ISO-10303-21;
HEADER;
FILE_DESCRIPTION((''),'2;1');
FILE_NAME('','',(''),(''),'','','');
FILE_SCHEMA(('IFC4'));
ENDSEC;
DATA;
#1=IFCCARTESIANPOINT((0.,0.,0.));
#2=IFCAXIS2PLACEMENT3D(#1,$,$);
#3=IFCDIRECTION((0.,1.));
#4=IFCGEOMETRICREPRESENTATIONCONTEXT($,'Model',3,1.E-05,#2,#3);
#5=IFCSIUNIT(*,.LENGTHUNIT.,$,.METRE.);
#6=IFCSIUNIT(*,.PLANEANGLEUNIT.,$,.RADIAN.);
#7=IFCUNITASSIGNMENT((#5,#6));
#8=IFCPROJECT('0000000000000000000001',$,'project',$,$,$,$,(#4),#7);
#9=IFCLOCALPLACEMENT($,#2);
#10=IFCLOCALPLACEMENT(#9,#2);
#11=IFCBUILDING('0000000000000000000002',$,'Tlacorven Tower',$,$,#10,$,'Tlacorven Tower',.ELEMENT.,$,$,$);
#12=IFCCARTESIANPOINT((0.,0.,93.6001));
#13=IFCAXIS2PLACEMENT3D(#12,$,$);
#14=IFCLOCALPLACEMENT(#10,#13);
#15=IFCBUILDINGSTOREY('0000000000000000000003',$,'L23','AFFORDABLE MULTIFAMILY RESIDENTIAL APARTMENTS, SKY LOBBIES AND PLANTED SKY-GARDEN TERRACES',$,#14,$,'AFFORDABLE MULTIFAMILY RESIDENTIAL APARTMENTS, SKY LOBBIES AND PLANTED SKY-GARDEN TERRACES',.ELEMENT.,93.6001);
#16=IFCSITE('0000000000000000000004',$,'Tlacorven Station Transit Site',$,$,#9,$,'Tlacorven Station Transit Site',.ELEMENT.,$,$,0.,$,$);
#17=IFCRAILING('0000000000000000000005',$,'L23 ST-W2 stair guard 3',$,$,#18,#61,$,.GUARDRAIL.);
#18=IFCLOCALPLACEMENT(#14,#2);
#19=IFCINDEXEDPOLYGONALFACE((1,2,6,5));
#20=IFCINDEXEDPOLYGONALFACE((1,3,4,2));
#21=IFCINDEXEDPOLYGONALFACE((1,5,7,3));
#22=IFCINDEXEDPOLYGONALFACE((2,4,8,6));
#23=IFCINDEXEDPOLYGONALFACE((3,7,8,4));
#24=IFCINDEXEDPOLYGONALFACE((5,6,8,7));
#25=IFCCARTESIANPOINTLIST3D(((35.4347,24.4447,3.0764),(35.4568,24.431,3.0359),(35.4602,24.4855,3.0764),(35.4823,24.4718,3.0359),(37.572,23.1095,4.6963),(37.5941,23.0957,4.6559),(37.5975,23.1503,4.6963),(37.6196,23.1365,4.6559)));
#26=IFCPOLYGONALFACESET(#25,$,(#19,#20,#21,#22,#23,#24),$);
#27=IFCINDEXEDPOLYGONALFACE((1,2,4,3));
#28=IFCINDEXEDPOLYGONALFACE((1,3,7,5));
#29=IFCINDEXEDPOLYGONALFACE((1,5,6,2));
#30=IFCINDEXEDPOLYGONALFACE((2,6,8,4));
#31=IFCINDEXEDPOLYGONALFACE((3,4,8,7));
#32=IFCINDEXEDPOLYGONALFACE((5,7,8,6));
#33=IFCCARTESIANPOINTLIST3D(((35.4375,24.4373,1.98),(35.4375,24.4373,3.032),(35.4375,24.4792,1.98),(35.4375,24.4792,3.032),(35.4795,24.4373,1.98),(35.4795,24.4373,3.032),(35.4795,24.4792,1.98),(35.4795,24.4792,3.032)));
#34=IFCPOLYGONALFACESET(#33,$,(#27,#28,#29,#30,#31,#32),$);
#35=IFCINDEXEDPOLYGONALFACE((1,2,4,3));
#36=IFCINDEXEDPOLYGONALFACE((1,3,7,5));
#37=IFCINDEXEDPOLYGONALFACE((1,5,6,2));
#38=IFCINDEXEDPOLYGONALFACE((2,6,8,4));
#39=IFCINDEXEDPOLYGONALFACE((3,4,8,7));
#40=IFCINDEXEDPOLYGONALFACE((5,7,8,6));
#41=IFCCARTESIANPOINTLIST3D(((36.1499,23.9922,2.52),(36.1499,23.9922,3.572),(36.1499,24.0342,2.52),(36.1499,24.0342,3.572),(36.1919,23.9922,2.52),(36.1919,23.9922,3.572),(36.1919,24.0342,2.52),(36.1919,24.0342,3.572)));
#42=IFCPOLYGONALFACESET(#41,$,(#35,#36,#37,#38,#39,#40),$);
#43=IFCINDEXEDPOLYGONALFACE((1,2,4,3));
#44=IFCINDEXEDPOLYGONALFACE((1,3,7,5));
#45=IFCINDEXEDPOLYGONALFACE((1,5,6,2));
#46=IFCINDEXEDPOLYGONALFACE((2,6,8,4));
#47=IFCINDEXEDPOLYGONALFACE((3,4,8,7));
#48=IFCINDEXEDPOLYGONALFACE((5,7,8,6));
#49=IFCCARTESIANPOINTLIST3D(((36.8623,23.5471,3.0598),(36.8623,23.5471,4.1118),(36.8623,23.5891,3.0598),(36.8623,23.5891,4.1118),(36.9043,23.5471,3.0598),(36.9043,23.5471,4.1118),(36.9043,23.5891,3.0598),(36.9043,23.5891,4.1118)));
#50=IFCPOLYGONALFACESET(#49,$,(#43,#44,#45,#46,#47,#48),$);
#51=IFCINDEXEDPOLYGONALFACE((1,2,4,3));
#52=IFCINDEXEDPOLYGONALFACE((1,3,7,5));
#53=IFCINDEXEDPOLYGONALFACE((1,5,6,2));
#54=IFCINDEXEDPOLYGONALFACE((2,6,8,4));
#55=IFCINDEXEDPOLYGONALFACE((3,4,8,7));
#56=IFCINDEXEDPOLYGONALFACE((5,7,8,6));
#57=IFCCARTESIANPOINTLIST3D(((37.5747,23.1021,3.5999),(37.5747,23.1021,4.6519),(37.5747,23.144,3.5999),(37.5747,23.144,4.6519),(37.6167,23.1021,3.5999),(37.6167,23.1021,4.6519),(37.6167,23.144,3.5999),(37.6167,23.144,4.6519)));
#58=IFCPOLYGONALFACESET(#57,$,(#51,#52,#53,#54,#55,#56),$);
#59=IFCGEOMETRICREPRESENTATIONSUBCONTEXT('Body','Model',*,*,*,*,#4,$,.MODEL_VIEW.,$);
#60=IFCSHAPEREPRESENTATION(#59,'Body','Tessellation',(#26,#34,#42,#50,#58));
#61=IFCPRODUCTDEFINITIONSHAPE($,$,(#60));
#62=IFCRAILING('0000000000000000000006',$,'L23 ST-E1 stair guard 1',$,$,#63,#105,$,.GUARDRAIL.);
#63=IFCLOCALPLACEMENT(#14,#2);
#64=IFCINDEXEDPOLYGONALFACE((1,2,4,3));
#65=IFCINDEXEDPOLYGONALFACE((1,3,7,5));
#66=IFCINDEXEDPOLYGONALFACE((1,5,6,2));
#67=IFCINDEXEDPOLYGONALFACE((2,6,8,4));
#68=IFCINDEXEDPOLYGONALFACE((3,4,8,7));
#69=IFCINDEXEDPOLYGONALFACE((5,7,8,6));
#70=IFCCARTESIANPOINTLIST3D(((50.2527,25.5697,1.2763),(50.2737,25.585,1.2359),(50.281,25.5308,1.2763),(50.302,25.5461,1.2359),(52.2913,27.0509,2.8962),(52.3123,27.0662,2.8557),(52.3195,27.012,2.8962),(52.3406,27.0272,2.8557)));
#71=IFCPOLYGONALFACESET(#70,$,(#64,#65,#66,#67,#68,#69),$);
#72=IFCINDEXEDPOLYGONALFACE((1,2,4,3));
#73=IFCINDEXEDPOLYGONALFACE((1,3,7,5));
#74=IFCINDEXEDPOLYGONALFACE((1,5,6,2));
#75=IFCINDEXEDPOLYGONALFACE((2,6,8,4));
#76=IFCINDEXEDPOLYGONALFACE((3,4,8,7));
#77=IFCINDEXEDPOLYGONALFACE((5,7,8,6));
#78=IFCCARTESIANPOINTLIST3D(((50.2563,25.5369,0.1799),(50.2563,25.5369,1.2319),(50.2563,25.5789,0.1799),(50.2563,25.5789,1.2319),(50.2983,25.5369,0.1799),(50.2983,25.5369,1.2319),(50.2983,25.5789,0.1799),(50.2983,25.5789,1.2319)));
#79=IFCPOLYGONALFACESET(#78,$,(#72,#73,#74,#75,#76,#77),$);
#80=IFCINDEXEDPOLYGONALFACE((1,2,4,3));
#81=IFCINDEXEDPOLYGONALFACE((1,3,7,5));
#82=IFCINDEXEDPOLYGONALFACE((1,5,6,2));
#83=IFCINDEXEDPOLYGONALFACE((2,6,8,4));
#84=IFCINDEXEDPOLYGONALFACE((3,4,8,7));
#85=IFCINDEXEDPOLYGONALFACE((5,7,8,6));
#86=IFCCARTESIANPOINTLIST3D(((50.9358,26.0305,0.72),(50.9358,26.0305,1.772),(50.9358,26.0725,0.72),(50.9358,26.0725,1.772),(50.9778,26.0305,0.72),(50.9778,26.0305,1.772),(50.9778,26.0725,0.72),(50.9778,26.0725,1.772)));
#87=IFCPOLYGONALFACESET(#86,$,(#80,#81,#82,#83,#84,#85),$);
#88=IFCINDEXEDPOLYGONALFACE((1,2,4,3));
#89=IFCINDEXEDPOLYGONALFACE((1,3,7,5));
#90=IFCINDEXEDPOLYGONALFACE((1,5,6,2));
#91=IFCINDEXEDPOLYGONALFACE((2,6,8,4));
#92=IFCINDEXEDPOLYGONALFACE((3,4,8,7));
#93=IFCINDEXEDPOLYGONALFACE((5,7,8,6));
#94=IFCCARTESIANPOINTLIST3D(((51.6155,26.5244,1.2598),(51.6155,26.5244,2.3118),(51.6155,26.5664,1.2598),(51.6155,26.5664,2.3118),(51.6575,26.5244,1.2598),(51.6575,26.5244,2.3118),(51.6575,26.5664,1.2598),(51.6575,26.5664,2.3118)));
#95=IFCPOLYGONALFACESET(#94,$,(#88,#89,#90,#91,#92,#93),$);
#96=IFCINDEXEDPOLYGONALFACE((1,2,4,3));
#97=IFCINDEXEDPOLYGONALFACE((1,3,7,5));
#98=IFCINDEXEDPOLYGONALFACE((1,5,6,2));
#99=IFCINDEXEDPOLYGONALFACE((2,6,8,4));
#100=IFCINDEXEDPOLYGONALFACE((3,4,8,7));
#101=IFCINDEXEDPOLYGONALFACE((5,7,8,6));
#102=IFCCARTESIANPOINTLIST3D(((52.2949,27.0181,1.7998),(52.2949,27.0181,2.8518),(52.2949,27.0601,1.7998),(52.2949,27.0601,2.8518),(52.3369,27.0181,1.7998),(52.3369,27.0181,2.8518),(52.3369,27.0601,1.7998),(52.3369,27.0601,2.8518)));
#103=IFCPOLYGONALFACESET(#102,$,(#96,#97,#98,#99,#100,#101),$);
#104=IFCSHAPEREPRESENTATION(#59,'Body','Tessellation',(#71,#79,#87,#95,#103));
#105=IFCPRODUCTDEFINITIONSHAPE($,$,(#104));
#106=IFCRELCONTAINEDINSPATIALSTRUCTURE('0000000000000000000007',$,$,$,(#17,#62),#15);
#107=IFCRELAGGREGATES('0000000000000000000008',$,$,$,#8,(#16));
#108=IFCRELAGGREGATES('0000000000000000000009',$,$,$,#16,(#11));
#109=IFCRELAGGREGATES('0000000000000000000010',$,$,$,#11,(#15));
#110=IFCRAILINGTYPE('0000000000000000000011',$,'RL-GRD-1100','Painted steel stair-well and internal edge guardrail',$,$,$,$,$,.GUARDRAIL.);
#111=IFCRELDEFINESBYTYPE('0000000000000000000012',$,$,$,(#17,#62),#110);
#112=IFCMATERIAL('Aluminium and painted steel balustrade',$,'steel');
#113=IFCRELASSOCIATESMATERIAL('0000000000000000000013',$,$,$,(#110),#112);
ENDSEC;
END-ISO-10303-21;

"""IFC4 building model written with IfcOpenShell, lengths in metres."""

from ifc_helpers import new_model, si_unit, direction, frame, origin, origin_2d, place, context, subcontext, project, spatial, rectangle, extrude, source, transform, mapped, material, type_object, element, save


model = new_model("IFC4")

# Units and contexts
model_context = context("Model", 3, precision=1e-05, world=origin(), true_north=direction((0.0, 1.0)))
body_context = subcontext(model_context, "Body", "Model", "MODEL_VIEW")
ifc_project = project(units=[si_unit("LENGTHUNIT", "METRE"), si_unit("PLANEANGLEUNIT", "RADIAN")], contexts=[model_context])

# Site, building, storey
site_placement = place(None, origin())
site = spatial("IfcSite", under=ifc_project, at=site_placement, Name="Tlacorven Station Transit Site", LongName="Tlacorven Station Transit Site", CompositionType="ELEMENT", RefElevation=0.0)
building_placement = place(site_placement, origin())
building = spatial("IfcBuilding", under=site, at=building_placement, Name="Tlacorven Tower", LongName="Tlacorven Tower", CompositionType="ELEMENT")
storey_placement = place(building_placement, frame((0.0, 0.0, 93.6001)))
storey = spatial("IfcBuildingStorey", under=building, at=storey_placement, Name="L23", Description="AFFORDABLE MULTIFAMILY RESIDENTIAL APARTMENTS, SKY LOBBIES AND PLANTED SKY-GARDEN TERRACES", LongName="AFFORDABLE MULTIFAMILY RESIDENTIAL APARTMENTS, SKY LOBBIES AND PLANTED SKY-GARDEN TERRACES", CompositionType="ELEMENT", Elevation=93.6001)

# Railings
ifc_material_1 = material(Name="Aluminium and painted steel balustrade", Category="steel")
railing_type_1 = type_object("IfcRailingType", Name="RL-GRD-1100", Description="Painted steel stair-well and internal edge guardrail", PredefinedType="GUARDRAIL", material=ifc_material_1)
shared_shape_1 = source(origin(), body_context, "Body", "SweptSolid", [
    extrude(rectangle(XDim=0.0481, YDim=0.0481, at=origin_2d()), frame((0.0, 0.0, 1.0762), z_axis=(0.713417, -0.445702, 0.540727), x_axis=(0.529842, 0.848096, 0.0)), (0.0, 0.0, 1.0), 2.9958),
    extrude(rectangle(XDim=0.042, YDim=0.042, at=origin_2d()), origin(), (0.0, 0.0, 1.0), 1.052),
    extrude(rectangle(XDim=0.042, YDim=0.042, at=origin_2d()), frame((0.7124, -0.4451, 0.54)), (0.0, 0.0, 1.0), 1.052),
    extrude(rectangle(XDim=0.042, YDim=0.042, at=origin_2d()), frame((1.4248, -0.8901, 1.0798)), (0.0, 0.0, 1.0), 1.052),
    extrude(rectangle(XDim=0.042, YDim=0.042, at=origin_2d()), frame((2.1372, -1.3352, 1.6199)), (0.0, 0.0, 1.0), 1.052),
])
railing_1_placement = place(storey_placement, frame((35.4585, 24.4583, 1.98)))
element("IfcRailing", 1, at=railing_1_placement, inside=storey, type_object=railing_type_1, Name="L23 ST-W2 stair guard 3", PredefinedType="GUARDRAIL", context=body_context, shape_type="MappedRepresentation", body=[
    mapped(shared_shape_1, transform((0.0, 0.0, 0.0), scale=1.0)),
])
shared_shape_2 = source(origin(), body_context, "Body", "SweptSolid", [
    extrude(rectangle(XDim=0.0481, YDim=0.0481, at=origin_2d()), frame((0.0, 0.0, 1.0762), z_axis=(0.680519, 0.494456, 0.540747), x_axis=(-0.587809, 0.809, 0.0)), (0.0, 0.0, 1.0), 2.9956),
    extrude(rectangle(XDim=0.042, YDim=0.042, at=origin_2d()), origin(), (0.0, 0.0, 1.0), 1.052),
    extrude(rectangle(XDim=0.042, YDim=0.042, at=origin_2d()), frame((0.6794, 0.4937, 0.54)), (0.0, 0.0, 1.0), 1.052),
    extrude(rectangle(XDim=0.042, YDim=0.042, at=origin_2d()), frame((1.3591, 0.9875, 1.0798)), (0.0, 0.0, 1.0), 1.052),
    extrude(rectangle(XDim=0.042, YDim=0.042, at=origin_2d()), frame((2.0386, 1.4812, 1.6199)), (0.0, 0.0, 1.0), 1.052),
])
railing_2_placement = place(storey_placement, frame((50.2773, 25.5579, 0.1799)))
element("IfcRailing", 2, at=railing_2_placement, inside=storey, type_object=railing_type_1, Name="L23 ST-E1 stair guard 1", PredefinedType="GUARDRAIL", context=body_context, shape_type="MappedRepresentation", body=[
    mapped(shared_shape_2, transform((0.0, 0.0, 0.0), scale=1.0)),
])

save(model, "model.ifc")
